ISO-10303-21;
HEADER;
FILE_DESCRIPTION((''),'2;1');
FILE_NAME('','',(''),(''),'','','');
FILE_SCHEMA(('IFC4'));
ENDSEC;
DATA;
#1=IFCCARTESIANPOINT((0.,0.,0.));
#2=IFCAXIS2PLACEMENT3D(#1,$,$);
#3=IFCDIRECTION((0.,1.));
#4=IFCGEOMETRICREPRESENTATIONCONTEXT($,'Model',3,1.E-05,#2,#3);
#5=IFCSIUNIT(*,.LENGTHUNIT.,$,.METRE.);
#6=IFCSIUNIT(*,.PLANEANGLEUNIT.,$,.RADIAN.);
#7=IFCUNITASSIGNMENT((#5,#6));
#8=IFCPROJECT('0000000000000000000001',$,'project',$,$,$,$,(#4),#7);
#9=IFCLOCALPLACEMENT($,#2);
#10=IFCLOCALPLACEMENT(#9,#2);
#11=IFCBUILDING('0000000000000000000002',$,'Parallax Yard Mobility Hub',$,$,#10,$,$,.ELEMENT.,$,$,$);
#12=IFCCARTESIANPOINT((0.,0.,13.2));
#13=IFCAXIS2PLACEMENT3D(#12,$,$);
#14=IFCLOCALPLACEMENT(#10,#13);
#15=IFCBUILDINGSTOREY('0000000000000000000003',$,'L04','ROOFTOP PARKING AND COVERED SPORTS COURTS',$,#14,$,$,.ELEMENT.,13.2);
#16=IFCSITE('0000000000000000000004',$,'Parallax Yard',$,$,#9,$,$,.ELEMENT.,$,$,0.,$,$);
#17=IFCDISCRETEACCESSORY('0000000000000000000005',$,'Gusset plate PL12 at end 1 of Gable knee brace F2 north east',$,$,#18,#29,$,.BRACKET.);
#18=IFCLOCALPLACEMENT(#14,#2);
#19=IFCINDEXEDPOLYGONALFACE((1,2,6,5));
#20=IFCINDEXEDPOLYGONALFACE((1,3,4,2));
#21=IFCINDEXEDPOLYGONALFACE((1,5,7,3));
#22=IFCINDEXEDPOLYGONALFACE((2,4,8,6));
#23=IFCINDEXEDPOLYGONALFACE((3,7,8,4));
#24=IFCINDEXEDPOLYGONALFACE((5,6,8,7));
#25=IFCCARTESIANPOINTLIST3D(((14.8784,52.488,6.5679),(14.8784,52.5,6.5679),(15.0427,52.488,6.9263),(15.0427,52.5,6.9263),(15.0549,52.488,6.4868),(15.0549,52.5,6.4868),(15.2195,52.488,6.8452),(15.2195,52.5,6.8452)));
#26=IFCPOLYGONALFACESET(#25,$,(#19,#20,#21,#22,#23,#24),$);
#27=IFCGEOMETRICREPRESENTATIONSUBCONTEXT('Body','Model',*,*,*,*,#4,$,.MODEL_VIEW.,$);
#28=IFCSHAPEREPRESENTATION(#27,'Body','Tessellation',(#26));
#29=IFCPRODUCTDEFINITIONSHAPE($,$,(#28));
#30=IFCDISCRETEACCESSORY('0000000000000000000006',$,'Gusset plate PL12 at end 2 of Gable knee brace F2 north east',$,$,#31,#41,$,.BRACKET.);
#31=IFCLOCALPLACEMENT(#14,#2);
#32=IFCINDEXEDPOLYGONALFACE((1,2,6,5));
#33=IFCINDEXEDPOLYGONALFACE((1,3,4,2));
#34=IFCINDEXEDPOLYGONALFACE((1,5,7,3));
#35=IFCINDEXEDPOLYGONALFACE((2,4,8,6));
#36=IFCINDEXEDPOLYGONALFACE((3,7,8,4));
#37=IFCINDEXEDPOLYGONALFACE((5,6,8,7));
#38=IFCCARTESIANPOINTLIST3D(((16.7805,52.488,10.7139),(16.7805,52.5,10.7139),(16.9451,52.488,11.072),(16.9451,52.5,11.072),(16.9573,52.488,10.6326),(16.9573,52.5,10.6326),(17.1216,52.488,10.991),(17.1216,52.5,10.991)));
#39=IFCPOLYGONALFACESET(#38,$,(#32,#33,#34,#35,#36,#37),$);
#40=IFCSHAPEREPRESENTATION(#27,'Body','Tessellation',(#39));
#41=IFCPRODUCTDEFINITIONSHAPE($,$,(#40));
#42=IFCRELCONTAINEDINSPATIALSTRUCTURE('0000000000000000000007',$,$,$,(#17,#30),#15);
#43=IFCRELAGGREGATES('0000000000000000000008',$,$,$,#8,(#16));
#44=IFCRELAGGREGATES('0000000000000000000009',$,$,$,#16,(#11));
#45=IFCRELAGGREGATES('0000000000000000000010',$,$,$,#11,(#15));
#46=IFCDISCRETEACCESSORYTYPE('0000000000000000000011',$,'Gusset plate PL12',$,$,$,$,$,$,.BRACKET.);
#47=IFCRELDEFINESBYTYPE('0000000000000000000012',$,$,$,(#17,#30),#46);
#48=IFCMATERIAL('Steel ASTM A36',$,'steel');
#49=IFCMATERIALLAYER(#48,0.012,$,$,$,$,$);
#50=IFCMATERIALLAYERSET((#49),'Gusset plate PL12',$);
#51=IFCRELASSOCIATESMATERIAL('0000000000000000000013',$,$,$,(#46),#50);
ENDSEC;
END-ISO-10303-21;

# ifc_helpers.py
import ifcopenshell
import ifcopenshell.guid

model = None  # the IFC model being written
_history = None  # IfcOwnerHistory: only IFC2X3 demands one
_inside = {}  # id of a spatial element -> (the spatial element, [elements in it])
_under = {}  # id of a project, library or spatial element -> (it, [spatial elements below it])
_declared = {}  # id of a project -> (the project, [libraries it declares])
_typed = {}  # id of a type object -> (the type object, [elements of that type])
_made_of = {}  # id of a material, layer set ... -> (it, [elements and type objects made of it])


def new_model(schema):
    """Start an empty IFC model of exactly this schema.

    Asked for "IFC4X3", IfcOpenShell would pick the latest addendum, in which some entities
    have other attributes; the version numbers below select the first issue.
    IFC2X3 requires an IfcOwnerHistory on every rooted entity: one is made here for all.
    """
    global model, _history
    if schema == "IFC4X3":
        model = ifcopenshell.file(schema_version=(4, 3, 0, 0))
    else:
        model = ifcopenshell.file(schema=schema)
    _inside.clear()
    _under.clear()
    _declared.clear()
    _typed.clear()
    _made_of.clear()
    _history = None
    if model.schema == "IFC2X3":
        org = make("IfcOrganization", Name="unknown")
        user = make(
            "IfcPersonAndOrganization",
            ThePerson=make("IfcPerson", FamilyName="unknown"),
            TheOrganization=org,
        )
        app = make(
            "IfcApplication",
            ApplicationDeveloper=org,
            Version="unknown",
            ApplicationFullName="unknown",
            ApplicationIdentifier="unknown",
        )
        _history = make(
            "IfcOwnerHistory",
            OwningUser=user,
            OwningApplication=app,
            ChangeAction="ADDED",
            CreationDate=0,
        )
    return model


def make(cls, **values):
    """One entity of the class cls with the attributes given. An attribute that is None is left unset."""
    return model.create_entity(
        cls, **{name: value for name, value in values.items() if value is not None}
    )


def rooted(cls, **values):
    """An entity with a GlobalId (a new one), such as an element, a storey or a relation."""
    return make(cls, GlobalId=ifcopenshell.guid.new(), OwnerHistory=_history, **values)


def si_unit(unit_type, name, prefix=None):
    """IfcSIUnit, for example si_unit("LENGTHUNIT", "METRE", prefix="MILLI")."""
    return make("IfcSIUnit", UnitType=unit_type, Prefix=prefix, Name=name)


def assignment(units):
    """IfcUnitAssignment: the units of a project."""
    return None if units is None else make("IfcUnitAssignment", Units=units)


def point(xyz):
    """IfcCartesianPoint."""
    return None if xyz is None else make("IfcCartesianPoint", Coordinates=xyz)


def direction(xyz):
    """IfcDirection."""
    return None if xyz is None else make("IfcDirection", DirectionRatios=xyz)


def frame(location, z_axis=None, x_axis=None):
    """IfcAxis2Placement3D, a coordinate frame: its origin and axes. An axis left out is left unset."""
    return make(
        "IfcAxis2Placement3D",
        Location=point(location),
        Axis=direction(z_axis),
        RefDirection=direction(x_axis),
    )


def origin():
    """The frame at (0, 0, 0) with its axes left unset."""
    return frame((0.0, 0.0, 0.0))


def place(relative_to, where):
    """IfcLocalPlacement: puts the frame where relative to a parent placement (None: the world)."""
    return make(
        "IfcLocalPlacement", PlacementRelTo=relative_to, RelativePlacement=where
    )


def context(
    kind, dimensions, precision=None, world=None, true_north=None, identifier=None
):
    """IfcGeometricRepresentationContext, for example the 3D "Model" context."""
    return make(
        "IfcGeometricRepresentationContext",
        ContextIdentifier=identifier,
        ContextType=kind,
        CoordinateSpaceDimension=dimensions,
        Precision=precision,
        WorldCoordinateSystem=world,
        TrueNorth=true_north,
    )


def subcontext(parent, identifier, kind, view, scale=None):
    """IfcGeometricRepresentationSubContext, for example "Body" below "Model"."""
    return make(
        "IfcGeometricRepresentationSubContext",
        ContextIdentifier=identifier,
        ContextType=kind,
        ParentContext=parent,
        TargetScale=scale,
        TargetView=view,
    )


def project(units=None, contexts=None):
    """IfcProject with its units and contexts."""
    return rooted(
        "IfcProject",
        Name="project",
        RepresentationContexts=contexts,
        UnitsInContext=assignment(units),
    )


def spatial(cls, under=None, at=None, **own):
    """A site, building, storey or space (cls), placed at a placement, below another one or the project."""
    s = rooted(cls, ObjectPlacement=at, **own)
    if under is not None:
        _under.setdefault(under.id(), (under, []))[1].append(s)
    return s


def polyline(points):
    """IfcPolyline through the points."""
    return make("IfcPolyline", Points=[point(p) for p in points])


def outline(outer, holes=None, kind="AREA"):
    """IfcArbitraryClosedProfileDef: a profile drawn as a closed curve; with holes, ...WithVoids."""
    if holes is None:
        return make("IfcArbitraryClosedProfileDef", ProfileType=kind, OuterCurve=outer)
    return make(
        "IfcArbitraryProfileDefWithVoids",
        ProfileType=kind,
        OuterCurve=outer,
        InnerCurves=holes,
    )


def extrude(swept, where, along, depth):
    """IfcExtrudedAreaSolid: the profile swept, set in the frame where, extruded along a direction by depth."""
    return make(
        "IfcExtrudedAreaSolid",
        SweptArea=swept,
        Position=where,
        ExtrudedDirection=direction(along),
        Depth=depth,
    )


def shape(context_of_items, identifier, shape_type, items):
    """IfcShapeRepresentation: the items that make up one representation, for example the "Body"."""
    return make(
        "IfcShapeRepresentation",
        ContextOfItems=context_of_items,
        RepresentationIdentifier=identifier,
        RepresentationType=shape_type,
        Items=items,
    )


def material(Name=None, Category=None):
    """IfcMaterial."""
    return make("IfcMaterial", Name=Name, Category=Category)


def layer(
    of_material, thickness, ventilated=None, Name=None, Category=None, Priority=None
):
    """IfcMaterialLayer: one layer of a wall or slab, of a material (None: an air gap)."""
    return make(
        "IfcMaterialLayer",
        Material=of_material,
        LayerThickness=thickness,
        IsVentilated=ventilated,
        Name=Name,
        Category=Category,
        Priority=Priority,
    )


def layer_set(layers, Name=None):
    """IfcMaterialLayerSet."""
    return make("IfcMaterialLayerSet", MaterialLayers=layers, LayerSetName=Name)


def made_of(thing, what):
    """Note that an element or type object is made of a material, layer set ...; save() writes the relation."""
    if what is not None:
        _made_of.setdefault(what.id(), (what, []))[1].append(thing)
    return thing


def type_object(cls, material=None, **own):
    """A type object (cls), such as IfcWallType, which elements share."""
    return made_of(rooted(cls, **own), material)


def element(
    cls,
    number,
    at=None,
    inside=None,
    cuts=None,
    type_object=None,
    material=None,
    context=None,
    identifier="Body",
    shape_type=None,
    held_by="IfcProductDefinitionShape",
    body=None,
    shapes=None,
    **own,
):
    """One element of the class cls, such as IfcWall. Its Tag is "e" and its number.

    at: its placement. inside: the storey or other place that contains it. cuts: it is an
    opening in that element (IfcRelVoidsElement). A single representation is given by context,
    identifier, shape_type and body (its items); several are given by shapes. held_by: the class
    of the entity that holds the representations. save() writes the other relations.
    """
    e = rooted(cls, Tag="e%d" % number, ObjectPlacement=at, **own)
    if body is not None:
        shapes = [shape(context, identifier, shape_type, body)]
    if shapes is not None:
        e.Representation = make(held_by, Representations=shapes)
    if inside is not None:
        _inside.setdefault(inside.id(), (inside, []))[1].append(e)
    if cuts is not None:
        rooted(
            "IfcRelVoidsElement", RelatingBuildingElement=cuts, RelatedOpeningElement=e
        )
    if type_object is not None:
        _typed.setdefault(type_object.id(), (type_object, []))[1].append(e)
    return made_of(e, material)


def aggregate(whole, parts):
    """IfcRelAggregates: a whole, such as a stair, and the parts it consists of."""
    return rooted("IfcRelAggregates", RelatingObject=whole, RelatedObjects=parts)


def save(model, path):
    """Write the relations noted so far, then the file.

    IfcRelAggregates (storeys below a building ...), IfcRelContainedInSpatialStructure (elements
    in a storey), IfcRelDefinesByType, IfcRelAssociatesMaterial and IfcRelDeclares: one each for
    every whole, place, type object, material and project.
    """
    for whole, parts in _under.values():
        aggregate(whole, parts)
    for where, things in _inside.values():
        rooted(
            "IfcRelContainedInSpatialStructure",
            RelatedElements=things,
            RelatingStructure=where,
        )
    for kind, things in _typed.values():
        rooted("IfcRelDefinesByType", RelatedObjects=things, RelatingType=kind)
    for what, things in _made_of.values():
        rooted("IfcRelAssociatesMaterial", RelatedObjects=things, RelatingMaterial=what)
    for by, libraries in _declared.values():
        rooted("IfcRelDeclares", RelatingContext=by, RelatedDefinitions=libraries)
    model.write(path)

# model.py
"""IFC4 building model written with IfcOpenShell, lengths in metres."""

from ifc_helpers import new_model, si_unit, direction, frame, origin, place, context, subcontext, project, spatial, polyline, outline, extrude, material, layer, layer_set, type_object, element, save


model = new_model("IFC4")

# Units and contexts
model_context = context("Model", 3, precision=1e-05, world=origin(), true_north=direction((0.0, 1.0)))
body_context = subcontext(model_context, "Body", "Model", "MODEL_VIEW")
ifc_project = project(units=[si_unit("LENGTHUNIT", "METRE"), si_unit("PLANEANGLEUNIT", "RADIAN")], contexts=[model_context])

# Site, building, storey
site_placement = place(None, origin())
site = spatial("IfcSite", under=ifc_project, at=site_placement, Name="Parallax Yard", CompositionType="ELEMENT", RefElevation=0.0)
building_placement = place(site_placement, origin())
building = spatial("IfcBuilding", under=site, at=building_placement, Name="Parallax Yard Mobility Hub", CompositionType="ELEMENT")
storey_placement = place(building_placement, frame((0.0, 0.0, 13.2)))
storey = spatial("IfcBuildingStorey", under=building, at=storey_placement, Name="L04", Description="ROOFTOP PARKING AND COVERED SPORTS COURTS", CompositionType="ELEMENT", Elevation=13.2)

# Discrete accessories
ifc_material_1 = material(Name="Steel ASTM A36", Category="steel")
ifc_layer_1 = layer(ifc_material_1, 0.012)
ifc_layer_set_1 = layer_set([ifc_layer_1], Name="Gusset plate PL12")
discrete_accessory_type = type_object("IfcDiscreteAccessoryType", Name="Gusset plate PL12", PredefinedType="BRACKET", material=ifc_layer_set_1)
discrete_accessory_1_placement = place(storey_placement, frame((15.2195, 52.5, 6.8452), z_axis=(0.0, 1.0, 0.0), x_axis=(-0.417251, 0.0, -0.908791)))
element("IfcDiscreteAccessory", 1, at=discrete_accessory_1_placement, inside=storey, type_object=discrete_accessory_type, Name="Gusset plate PL12 at end 1 of Gable knee brace F2 north east", PredefinedType="BRACKET", context=body_context, shape_type="SweptSolid", body=[
    extrude(outline(polyline([(0.0, 0.0), (0.3944, 0.0), (0.3944, 0.1942), (0.0001, 0.1945), (0.0, 0.0)])), origin(), (0.0, 0.0, -1.0), 0.012),
])
discrete_accessory_2_placement = place(storey_placement, frame((16.7805, 52.5, 10.7139), z_axis=(0.0, 1.0, 0.0), x_axis=(0.417486, 0.0, 0.908683)))
element("IfcDiscreteAccessory", 2, at=discrete_accessory_2_placement, inside=storey, type_object=discrete_accessory_type, Name="Gusset plate PL12 at end 2 of Gable knee brace F2 north east", PredefinedType="BRACKET", context=body_context, shape_type="SweptSolid", body=[
    extrude(outline(polyline([(0.0, 0.0), (0.3941, 0.0), (0.3942, 0.1942), (-0.0001, 0.1946), (0.0, 0.0)])), origin(), (0.0, 0.0, -1.0), 0.012),
])

save(model, "model.ifc")
